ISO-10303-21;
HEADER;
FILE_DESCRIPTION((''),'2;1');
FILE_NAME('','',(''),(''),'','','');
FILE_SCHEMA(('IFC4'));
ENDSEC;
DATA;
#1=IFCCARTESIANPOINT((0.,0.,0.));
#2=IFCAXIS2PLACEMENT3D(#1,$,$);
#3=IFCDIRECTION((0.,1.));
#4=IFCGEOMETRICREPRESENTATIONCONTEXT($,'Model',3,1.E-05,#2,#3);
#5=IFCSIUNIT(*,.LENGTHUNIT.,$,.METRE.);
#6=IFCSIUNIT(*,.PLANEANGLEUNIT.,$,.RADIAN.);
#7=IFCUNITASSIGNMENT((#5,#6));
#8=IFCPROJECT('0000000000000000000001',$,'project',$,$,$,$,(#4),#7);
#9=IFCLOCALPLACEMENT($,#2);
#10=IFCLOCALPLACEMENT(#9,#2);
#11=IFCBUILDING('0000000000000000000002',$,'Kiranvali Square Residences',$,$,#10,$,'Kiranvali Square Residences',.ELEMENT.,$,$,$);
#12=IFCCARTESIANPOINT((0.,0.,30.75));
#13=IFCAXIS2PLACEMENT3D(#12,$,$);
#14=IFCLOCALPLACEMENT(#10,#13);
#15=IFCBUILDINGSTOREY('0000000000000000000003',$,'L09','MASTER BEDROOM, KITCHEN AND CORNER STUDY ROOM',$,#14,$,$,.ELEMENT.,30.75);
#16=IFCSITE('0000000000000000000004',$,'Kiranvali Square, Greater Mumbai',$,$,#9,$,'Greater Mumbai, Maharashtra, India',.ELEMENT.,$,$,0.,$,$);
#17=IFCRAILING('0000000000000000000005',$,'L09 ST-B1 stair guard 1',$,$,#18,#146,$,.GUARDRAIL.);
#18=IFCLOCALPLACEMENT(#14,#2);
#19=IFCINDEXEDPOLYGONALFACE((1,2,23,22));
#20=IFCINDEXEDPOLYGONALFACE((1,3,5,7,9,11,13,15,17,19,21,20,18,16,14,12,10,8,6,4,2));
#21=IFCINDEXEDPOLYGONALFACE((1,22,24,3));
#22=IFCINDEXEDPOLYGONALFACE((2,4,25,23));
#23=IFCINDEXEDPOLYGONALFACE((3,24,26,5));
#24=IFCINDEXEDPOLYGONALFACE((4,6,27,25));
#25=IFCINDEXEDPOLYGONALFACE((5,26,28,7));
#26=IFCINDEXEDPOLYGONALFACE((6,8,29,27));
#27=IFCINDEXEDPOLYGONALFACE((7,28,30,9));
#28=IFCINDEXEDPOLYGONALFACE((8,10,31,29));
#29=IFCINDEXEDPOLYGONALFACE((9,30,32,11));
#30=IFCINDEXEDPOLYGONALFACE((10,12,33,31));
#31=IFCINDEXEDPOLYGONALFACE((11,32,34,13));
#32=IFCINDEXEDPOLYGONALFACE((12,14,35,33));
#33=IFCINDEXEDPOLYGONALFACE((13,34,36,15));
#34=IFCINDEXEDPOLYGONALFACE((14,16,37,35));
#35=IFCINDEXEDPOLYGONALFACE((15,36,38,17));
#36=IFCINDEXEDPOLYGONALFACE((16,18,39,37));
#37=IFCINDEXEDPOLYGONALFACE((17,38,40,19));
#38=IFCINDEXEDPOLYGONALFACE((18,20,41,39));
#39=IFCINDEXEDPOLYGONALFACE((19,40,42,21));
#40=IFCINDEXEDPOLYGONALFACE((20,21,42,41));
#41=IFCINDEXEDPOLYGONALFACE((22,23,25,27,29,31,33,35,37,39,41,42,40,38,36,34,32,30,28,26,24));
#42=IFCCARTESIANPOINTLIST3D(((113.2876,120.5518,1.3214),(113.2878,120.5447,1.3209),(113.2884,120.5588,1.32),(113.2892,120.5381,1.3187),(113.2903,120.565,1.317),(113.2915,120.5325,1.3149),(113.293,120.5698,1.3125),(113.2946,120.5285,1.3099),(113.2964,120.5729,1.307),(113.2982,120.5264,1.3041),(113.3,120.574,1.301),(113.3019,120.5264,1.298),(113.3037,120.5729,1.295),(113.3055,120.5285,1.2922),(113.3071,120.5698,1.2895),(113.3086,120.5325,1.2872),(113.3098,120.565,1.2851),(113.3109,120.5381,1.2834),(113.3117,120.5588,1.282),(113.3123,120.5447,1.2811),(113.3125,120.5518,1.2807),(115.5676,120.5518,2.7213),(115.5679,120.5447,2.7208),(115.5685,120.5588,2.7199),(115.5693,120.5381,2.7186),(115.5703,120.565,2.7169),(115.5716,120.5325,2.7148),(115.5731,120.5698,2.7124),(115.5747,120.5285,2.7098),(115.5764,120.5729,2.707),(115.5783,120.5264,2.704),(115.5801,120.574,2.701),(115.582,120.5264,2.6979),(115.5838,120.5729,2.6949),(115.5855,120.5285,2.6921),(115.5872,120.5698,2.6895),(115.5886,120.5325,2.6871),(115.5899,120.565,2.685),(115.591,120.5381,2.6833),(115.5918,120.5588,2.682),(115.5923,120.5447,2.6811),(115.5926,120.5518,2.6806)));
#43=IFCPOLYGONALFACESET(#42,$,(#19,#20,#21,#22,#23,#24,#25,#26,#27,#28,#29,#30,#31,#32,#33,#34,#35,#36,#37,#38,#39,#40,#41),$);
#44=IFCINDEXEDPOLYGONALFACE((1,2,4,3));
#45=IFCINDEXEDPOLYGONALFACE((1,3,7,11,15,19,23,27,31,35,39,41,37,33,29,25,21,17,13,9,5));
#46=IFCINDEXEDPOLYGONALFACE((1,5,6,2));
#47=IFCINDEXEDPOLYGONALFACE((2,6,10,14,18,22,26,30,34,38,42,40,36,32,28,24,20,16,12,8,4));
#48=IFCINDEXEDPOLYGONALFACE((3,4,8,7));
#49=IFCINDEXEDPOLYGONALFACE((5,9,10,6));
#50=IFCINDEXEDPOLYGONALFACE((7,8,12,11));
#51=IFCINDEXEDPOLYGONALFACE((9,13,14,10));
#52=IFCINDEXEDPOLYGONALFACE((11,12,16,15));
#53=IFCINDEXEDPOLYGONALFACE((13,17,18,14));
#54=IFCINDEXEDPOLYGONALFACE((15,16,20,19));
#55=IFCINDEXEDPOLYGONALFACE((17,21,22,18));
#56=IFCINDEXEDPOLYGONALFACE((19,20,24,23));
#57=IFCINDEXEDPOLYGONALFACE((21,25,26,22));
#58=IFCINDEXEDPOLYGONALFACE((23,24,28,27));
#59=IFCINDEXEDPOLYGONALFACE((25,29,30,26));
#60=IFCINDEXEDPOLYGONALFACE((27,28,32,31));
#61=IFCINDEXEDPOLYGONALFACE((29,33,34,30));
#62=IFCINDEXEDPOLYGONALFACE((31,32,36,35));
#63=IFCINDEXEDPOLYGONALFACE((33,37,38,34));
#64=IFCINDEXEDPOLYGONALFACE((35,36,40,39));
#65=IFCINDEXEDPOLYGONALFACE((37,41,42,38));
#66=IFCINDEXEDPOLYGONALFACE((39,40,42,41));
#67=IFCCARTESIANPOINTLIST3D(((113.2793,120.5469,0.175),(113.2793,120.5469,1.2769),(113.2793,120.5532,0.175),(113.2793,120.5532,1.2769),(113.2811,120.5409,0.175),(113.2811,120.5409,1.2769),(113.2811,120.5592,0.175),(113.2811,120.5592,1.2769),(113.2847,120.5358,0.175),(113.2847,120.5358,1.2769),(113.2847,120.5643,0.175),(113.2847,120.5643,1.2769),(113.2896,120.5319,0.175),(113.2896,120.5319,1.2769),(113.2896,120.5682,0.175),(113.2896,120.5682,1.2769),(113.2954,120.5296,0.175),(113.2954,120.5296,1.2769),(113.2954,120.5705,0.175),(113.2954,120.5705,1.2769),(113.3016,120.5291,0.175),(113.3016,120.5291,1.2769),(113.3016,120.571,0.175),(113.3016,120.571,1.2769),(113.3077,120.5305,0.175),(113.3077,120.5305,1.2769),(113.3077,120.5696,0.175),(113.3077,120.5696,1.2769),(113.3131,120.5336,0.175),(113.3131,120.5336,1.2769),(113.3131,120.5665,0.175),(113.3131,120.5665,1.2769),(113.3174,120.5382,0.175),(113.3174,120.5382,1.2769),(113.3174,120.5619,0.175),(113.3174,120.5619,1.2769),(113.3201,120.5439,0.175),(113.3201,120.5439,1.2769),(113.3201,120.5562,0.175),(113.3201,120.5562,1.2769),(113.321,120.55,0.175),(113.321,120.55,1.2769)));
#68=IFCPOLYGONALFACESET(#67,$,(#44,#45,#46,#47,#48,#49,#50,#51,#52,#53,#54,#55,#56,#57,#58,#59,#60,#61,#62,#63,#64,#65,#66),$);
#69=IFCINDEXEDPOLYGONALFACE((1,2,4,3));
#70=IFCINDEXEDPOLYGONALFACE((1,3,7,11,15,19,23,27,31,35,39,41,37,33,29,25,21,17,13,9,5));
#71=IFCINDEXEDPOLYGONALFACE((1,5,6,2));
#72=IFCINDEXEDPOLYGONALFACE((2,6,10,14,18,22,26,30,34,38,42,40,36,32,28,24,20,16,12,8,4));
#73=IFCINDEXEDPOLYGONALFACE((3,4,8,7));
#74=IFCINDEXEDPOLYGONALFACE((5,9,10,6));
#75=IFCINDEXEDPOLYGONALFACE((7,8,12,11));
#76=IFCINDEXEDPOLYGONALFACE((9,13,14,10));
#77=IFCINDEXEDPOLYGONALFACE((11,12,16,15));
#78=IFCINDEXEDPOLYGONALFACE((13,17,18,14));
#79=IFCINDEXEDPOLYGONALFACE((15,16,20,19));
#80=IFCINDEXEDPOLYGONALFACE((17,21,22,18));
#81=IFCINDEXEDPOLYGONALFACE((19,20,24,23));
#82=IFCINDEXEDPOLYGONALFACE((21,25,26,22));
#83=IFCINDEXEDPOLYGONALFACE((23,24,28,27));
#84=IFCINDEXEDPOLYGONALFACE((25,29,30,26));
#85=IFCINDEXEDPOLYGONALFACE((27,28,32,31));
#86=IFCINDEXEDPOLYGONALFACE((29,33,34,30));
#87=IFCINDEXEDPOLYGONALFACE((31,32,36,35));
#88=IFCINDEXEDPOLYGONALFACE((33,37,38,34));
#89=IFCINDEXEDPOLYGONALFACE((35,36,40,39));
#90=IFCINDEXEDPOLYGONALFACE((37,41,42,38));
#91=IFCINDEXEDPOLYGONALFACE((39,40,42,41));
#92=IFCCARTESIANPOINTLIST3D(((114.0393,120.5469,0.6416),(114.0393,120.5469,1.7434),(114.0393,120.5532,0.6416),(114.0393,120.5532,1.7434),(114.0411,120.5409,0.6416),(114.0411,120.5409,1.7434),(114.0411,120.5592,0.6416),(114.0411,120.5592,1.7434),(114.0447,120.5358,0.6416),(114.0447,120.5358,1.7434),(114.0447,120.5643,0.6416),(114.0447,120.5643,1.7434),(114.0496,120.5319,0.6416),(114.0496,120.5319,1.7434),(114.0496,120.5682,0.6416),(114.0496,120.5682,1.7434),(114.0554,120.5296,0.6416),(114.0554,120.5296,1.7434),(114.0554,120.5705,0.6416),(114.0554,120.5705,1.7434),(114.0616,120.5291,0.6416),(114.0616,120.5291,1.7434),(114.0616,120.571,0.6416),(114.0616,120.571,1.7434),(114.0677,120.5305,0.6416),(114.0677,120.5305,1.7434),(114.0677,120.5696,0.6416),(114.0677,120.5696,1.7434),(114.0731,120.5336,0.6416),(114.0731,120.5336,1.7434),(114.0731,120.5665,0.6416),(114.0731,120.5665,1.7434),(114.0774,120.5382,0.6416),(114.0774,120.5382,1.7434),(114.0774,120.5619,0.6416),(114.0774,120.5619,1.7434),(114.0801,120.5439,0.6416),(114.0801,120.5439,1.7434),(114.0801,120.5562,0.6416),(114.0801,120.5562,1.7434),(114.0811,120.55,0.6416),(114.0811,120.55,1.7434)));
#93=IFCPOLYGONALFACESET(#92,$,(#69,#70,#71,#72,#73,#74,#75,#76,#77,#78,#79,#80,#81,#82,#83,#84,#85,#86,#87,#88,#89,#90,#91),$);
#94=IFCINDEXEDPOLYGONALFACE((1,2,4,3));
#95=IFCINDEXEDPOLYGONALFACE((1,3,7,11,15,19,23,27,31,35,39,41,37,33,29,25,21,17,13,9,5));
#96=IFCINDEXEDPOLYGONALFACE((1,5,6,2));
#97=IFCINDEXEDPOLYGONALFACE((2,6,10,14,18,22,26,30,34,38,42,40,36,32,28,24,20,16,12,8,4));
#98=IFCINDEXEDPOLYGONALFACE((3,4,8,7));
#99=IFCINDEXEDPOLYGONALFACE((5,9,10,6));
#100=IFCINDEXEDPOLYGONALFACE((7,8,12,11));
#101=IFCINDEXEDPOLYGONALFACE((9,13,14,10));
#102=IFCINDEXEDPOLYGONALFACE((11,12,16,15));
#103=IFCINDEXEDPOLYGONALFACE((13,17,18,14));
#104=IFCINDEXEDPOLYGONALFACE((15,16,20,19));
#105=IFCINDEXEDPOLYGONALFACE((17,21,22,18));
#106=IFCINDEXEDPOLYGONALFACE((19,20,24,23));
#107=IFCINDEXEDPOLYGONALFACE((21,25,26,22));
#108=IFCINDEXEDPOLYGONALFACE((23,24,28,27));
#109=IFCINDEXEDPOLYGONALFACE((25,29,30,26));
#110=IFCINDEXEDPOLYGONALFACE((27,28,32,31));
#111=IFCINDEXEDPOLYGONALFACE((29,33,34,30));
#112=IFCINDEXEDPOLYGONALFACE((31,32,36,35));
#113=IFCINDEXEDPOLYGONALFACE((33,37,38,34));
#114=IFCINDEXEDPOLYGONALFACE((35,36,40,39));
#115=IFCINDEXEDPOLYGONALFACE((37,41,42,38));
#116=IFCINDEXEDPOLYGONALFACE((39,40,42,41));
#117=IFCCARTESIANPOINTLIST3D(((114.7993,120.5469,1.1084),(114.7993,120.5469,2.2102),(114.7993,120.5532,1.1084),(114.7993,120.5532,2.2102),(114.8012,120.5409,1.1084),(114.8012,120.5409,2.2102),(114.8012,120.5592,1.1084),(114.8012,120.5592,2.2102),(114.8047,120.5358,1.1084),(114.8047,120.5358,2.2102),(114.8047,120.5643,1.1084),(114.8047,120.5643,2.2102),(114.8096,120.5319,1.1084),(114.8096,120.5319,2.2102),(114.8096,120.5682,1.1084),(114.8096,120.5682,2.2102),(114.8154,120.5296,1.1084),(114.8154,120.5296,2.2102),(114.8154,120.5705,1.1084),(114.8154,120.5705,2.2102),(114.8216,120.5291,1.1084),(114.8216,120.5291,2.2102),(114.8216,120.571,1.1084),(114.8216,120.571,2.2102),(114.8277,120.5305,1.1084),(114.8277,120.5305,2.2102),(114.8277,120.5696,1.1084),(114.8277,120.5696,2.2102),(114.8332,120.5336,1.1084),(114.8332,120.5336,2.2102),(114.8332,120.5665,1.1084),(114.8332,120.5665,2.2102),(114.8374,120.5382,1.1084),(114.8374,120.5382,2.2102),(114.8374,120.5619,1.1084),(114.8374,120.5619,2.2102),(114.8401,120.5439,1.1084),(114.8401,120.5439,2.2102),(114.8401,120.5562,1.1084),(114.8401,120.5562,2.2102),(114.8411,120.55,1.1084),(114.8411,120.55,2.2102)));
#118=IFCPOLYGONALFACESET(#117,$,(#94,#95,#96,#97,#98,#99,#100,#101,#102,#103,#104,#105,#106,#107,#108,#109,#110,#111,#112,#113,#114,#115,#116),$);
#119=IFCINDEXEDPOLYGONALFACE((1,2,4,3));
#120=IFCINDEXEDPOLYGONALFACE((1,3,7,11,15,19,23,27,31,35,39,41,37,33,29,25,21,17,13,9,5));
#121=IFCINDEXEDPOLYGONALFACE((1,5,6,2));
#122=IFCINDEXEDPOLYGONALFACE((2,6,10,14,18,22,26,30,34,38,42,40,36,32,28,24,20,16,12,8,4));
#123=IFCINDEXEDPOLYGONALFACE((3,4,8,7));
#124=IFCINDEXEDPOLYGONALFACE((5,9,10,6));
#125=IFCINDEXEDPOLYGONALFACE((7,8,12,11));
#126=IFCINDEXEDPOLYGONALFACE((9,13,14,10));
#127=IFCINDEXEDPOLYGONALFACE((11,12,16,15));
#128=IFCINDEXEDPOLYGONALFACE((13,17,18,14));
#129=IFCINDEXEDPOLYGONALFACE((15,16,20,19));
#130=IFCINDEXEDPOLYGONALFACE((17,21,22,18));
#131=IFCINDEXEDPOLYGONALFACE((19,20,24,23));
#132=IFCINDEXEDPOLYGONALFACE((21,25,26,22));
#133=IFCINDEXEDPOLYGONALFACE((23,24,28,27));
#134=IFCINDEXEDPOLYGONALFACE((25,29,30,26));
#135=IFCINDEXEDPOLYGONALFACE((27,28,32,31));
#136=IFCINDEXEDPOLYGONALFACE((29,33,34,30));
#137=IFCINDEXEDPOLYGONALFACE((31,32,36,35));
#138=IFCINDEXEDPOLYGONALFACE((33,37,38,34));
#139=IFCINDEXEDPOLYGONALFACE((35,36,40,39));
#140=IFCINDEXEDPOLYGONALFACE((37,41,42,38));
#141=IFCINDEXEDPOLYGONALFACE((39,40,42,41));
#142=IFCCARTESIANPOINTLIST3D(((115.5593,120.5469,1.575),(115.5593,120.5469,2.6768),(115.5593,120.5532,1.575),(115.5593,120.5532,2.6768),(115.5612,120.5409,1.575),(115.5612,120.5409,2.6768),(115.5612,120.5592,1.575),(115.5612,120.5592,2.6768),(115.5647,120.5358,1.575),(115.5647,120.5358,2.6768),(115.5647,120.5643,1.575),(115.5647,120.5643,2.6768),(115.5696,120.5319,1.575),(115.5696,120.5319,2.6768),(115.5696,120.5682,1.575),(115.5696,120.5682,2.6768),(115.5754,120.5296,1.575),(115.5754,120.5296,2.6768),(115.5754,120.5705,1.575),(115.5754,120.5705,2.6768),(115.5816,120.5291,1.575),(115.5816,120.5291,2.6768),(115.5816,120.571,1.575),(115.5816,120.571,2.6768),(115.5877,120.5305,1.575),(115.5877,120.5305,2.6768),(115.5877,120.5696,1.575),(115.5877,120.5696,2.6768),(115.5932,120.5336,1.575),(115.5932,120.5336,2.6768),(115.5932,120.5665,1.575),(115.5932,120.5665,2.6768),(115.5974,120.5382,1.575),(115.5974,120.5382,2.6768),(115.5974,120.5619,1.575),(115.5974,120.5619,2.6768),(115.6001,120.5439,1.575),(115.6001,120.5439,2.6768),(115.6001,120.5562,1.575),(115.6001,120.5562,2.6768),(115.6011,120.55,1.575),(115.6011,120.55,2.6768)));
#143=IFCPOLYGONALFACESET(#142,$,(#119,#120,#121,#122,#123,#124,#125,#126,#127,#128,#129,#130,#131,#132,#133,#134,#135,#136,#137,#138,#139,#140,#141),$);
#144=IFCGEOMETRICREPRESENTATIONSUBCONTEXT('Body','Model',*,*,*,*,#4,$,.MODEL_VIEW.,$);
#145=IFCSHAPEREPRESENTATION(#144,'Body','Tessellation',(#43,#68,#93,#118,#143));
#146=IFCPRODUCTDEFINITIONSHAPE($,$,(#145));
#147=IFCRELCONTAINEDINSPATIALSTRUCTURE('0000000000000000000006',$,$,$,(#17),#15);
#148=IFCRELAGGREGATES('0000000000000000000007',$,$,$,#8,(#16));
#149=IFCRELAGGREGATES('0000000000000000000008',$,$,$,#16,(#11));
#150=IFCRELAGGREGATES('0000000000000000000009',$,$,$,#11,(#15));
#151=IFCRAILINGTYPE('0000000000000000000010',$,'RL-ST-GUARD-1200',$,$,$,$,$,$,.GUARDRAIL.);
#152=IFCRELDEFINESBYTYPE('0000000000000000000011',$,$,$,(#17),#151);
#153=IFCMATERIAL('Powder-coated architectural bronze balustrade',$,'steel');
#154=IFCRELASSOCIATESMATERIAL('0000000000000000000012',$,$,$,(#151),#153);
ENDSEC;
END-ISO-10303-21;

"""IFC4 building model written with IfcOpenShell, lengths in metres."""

from ifc_helpers import new_model, si_unit, direction, frame, origin, origin_2d, place, context, subcontext, project, spatial, circle, extrude, material, type_object, element, save


model = new_model("IFC4")

# Units and contexts
model_context = context("Model", 3, precision=1e-05, world=origin(), true_north=direction((0.0, 1.0)))
body_context = subcontext(model_context, "Body", "Model", "MODEL_VIEW")
ifc_project = project(units=[si_unit("LENGTHUNIT", "METRE"), si_unit("PLANEANGLEUNIT", "RADIAN")], contexts=[model_context])

# Site, building, storey
site_placement = place(None, origin())
site = spatial("IfcSite", under=ifc_project, at=site_placement, Name="Kiranvali Square, Greater Mumbai", LongName="Greater Mumbai, Maharashtra, India", CompositionType="ELEMENT", RefElevation=0.0)
building_placement = place(site_placement, origin())
building = spatial("IfcBuilding", under=site, at=building_placement, Name="Kiranvali Square Residences", LongName="Kiranvali Square Residences", CompositionType="ELEMENT")
storey_placement = place(building_placement, frame((0.0, 0.0, 30.75)))
storey = spatial("IfcBuildingStorey", under=building, at=storey_placement, Name="L09", Description="MASTER BEDROOM, KITCHEN AND CORNER STUDY ROOM", CompositionType="ELEMENT", Elevation=30.75)

# Railing
ifc_material_1 = material(Name="Powder-coated architectural bronze balustrade", Category="steel")
railing_type_1 = type_object("IfcRailingType", Name="RL-ST-GUARD-1200", PredefinedType="GUARDRAIL", material=ifc_material_1)
railing_1_placement = place(storey_placement, frame((113.3, 120.55, 0.175)))
element("IfcRailing", 1, at=railing_1_placement, inside=storey, type_object=railing_type_1, Name="L09 ST-B1 stair guard 1", PredefinedType="GUARDRAIL", context=body_context, shape_type="SweptSolid", body=[
    extrude(circle(Radius=0.0239, at=origin_2d()), frame((0.0, 0.0, 1.126), z_axis=(0.85219, 0.0, 0.523232), x_axis=(0.0, 1.0, 0.0)), (0.0, 0.0, 1.0), 2.6755),
    extrude(circle(Radius=0.021, at=origin_2d()), origin(), (0.0, 0.0, 1.0), 1.1018),
    extrude(circle(Radius=0.021, at=origin_2d()), frame((0.76, 0.0, 0.4666)), (0.0, 0.0, 1.0), 1.1018),
    extrude(circle(Radius=0.021, at=origin_2d()), frame((1.52, 0.0, 0.9333)), (0.0, 0.0, 1.0), 1.1018),
    extrude(circle(Radius=0.021, at=origin_2d()), frame((2.28, 0.0, 1.3999)), (0.0, 0.0, 1.0), 1.1018),
])

save(model, "model.ifc")
